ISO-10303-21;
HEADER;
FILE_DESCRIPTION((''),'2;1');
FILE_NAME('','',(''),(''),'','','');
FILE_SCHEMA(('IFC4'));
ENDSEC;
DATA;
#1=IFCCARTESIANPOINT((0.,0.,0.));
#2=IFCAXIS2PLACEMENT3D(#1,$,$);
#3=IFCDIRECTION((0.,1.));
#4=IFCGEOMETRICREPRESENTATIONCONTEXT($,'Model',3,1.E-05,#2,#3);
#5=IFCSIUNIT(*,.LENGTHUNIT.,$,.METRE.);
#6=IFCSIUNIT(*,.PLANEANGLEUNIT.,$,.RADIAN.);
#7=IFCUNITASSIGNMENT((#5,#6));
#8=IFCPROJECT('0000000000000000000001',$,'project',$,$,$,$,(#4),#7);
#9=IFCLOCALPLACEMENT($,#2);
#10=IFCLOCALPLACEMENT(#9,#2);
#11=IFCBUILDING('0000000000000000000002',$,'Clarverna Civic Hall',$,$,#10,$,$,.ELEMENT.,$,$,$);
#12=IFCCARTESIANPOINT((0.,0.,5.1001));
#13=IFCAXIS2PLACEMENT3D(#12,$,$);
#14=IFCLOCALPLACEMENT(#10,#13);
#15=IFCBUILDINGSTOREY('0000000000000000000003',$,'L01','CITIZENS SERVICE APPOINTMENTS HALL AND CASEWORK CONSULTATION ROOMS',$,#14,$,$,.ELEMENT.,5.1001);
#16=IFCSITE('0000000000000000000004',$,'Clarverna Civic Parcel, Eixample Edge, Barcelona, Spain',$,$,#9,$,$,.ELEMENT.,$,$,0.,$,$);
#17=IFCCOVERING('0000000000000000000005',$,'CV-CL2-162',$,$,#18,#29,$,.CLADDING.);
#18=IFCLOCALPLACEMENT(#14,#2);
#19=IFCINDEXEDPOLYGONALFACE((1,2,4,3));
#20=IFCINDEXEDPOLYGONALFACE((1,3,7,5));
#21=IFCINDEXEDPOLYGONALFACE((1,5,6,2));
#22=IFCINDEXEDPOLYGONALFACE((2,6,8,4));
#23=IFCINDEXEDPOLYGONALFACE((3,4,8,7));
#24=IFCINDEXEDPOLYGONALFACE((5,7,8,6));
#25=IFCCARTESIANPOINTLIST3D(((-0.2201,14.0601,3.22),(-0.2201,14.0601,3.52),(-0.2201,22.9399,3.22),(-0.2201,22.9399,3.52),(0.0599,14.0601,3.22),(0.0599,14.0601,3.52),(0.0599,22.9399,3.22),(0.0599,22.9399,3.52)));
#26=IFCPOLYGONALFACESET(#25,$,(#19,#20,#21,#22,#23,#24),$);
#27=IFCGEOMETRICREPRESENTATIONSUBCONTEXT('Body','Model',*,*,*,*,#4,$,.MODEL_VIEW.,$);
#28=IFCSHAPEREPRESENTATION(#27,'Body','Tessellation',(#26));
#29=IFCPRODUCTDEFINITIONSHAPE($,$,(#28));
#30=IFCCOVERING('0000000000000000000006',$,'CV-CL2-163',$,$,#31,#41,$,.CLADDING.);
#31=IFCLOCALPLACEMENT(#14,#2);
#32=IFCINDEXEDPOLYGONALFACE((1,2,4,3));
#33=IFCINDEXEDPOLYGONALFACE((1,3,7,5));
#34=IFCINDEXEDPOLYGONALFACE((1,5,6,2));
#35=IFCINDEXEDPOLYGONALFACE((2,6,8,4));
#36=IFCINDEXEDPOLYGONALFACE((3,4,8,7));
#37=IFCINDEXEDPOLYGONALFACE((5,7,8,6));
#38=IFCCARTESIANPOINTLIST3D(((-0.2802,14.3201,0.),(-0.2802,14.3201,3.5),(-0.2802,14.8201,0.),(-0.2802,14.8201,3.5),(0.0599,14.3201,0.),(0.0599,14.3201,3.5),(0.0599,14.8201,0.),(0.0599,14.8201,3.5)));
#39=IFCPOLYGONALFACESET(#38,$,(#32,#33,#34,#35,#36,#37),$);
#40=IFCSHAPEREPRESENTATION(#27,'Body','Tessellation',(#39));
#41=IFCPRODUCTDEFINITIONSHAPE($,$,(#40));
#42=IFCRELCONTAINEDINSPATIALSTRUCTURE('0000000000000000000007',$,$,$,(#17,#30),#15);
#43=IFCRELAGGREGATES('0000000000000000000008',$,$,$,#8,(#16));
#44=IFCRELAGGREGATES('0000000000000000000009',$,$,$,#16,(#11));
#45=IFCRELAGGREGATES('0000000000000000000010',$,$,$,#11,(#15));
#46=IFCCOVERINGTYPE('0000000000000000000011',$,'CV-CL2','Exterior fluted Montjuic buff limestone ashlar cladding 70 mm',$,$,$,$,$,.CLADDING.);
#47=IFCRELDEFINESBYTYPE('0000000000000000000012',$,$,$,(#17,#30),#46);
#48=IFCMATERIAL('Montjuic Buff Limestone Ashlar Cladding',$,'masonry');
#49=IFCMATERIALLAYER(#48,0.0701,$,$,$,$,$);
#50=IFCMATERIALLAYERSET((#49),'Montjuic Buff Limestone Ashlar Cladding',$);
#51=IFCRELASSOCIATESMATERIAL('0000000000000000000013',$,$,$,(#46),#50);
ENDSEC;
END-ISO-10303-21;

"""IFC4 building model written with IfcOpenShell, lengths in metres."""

from ifc_helpers import new_model, si_unit, direction, frame, frame_2d, origin, place, context, subcontext, project, spatial, rectangle, extrude, material, layer, layer_set, type_object, element, save


model = new_model("IFC4")

# Units and contexts
model_context = context("Model", 3, precision=1e-05, world=origin(), true_north=direction((0.0, 1.0)))
body_context = subcontext(model_context, "Body", "Model", "MODEL_VIEW")
ifc_project = project(units=[si_unit("LENGTHUNIT", "METRE"), si_unit("PLANEANGLEUNIT", "RADIAN")], contexts=[model_context])

# Site, building, storey
site_placement = place(None, origin())
site = spatial("IfcSite", under=ifc_project, at=site_placement, Name="Clarverna Civic Parcel, Eixample Edge, Barcelona, Spain", CompositionType="ELEMENT", RefElevation=0.0)
building_placement = place(site_placement, origin())
building = spatial("IfcBuilding", under=site, at=building_placement, Name="Clarverna Civic Hall", CompositionType="ELEMENT")
storey_placement = place(building_placement, frame((0.0, 0.0, 5.1001)))
storey = spatial("IfcBuildingStorey", under=building, at=storey_placement, Name="L01", Description="CITIZENS SERVICE APPOINTMENTS HALL AND CASEWORK CONSULTATION ROOMS", CompositionType="ELEMENT", Elevation=5.1001)

# Coverings
ifc_material_1 = material(Name="Montjuic Buff Limestone Ashlar Cladding", Category="masonry")
ifc_layer_1 = layer(ifc_material_1, 0.0701)
ifc_layer_set_1 = layer_set([ifc_layer_1], Name="Montjuic Buff Limestone Ashlar Cladding")
covering_type = type_object("IfcCoveringType", Name="CV-CL2", Description="Exterior fluted Montjuic buff limestone ashlar cladding 70 mm", PredefinedType="CLADDING", material=ifc_layer_set_1)
covering_1_placement = place(storey_placement, frame((-0.0801, 14.0601, 3.22), z_axis=(0.0, 0.0, 1.0), x_axis=(0.0, 1.0, 0.0)))
element("IfcCovering", 1, at=covering_1_placement, inside=storey, type_object=covering_type, Name="CV-CL2-162", PredefinedType="CLADDING", context=body_context, shape_type="SweptSolid", body=[
    extrude(rectangle(XDim=8.8799, YDim=0.28, at=frame_2d((4.4399, 0.0))), origin(), (0.0, 0.0, 1.0), 0.3),
])
covering_2_placement = place(storey_placement, frame((-0.1101, 14.3201, 0.0), z_axis=(0.0, 0.0, 1.0), x_axis=(0.0, 1.0, 0.0)))
element("IfcCovering", 2, at=covering_2_placement, inside=storey, type_object=covering_type, Name="CV-CL2-163", PredefinedType="CLADDING", context=body_context, shape_type="SweptSolid", body=[
    extrude(rectangle(XDim=0.5, YDim=0.3401, at=frame_2d((0.25, 0.0))), origin(), (0.0, 0.0, 1.0), 3.5),
])

save(model, "model.ifc")
